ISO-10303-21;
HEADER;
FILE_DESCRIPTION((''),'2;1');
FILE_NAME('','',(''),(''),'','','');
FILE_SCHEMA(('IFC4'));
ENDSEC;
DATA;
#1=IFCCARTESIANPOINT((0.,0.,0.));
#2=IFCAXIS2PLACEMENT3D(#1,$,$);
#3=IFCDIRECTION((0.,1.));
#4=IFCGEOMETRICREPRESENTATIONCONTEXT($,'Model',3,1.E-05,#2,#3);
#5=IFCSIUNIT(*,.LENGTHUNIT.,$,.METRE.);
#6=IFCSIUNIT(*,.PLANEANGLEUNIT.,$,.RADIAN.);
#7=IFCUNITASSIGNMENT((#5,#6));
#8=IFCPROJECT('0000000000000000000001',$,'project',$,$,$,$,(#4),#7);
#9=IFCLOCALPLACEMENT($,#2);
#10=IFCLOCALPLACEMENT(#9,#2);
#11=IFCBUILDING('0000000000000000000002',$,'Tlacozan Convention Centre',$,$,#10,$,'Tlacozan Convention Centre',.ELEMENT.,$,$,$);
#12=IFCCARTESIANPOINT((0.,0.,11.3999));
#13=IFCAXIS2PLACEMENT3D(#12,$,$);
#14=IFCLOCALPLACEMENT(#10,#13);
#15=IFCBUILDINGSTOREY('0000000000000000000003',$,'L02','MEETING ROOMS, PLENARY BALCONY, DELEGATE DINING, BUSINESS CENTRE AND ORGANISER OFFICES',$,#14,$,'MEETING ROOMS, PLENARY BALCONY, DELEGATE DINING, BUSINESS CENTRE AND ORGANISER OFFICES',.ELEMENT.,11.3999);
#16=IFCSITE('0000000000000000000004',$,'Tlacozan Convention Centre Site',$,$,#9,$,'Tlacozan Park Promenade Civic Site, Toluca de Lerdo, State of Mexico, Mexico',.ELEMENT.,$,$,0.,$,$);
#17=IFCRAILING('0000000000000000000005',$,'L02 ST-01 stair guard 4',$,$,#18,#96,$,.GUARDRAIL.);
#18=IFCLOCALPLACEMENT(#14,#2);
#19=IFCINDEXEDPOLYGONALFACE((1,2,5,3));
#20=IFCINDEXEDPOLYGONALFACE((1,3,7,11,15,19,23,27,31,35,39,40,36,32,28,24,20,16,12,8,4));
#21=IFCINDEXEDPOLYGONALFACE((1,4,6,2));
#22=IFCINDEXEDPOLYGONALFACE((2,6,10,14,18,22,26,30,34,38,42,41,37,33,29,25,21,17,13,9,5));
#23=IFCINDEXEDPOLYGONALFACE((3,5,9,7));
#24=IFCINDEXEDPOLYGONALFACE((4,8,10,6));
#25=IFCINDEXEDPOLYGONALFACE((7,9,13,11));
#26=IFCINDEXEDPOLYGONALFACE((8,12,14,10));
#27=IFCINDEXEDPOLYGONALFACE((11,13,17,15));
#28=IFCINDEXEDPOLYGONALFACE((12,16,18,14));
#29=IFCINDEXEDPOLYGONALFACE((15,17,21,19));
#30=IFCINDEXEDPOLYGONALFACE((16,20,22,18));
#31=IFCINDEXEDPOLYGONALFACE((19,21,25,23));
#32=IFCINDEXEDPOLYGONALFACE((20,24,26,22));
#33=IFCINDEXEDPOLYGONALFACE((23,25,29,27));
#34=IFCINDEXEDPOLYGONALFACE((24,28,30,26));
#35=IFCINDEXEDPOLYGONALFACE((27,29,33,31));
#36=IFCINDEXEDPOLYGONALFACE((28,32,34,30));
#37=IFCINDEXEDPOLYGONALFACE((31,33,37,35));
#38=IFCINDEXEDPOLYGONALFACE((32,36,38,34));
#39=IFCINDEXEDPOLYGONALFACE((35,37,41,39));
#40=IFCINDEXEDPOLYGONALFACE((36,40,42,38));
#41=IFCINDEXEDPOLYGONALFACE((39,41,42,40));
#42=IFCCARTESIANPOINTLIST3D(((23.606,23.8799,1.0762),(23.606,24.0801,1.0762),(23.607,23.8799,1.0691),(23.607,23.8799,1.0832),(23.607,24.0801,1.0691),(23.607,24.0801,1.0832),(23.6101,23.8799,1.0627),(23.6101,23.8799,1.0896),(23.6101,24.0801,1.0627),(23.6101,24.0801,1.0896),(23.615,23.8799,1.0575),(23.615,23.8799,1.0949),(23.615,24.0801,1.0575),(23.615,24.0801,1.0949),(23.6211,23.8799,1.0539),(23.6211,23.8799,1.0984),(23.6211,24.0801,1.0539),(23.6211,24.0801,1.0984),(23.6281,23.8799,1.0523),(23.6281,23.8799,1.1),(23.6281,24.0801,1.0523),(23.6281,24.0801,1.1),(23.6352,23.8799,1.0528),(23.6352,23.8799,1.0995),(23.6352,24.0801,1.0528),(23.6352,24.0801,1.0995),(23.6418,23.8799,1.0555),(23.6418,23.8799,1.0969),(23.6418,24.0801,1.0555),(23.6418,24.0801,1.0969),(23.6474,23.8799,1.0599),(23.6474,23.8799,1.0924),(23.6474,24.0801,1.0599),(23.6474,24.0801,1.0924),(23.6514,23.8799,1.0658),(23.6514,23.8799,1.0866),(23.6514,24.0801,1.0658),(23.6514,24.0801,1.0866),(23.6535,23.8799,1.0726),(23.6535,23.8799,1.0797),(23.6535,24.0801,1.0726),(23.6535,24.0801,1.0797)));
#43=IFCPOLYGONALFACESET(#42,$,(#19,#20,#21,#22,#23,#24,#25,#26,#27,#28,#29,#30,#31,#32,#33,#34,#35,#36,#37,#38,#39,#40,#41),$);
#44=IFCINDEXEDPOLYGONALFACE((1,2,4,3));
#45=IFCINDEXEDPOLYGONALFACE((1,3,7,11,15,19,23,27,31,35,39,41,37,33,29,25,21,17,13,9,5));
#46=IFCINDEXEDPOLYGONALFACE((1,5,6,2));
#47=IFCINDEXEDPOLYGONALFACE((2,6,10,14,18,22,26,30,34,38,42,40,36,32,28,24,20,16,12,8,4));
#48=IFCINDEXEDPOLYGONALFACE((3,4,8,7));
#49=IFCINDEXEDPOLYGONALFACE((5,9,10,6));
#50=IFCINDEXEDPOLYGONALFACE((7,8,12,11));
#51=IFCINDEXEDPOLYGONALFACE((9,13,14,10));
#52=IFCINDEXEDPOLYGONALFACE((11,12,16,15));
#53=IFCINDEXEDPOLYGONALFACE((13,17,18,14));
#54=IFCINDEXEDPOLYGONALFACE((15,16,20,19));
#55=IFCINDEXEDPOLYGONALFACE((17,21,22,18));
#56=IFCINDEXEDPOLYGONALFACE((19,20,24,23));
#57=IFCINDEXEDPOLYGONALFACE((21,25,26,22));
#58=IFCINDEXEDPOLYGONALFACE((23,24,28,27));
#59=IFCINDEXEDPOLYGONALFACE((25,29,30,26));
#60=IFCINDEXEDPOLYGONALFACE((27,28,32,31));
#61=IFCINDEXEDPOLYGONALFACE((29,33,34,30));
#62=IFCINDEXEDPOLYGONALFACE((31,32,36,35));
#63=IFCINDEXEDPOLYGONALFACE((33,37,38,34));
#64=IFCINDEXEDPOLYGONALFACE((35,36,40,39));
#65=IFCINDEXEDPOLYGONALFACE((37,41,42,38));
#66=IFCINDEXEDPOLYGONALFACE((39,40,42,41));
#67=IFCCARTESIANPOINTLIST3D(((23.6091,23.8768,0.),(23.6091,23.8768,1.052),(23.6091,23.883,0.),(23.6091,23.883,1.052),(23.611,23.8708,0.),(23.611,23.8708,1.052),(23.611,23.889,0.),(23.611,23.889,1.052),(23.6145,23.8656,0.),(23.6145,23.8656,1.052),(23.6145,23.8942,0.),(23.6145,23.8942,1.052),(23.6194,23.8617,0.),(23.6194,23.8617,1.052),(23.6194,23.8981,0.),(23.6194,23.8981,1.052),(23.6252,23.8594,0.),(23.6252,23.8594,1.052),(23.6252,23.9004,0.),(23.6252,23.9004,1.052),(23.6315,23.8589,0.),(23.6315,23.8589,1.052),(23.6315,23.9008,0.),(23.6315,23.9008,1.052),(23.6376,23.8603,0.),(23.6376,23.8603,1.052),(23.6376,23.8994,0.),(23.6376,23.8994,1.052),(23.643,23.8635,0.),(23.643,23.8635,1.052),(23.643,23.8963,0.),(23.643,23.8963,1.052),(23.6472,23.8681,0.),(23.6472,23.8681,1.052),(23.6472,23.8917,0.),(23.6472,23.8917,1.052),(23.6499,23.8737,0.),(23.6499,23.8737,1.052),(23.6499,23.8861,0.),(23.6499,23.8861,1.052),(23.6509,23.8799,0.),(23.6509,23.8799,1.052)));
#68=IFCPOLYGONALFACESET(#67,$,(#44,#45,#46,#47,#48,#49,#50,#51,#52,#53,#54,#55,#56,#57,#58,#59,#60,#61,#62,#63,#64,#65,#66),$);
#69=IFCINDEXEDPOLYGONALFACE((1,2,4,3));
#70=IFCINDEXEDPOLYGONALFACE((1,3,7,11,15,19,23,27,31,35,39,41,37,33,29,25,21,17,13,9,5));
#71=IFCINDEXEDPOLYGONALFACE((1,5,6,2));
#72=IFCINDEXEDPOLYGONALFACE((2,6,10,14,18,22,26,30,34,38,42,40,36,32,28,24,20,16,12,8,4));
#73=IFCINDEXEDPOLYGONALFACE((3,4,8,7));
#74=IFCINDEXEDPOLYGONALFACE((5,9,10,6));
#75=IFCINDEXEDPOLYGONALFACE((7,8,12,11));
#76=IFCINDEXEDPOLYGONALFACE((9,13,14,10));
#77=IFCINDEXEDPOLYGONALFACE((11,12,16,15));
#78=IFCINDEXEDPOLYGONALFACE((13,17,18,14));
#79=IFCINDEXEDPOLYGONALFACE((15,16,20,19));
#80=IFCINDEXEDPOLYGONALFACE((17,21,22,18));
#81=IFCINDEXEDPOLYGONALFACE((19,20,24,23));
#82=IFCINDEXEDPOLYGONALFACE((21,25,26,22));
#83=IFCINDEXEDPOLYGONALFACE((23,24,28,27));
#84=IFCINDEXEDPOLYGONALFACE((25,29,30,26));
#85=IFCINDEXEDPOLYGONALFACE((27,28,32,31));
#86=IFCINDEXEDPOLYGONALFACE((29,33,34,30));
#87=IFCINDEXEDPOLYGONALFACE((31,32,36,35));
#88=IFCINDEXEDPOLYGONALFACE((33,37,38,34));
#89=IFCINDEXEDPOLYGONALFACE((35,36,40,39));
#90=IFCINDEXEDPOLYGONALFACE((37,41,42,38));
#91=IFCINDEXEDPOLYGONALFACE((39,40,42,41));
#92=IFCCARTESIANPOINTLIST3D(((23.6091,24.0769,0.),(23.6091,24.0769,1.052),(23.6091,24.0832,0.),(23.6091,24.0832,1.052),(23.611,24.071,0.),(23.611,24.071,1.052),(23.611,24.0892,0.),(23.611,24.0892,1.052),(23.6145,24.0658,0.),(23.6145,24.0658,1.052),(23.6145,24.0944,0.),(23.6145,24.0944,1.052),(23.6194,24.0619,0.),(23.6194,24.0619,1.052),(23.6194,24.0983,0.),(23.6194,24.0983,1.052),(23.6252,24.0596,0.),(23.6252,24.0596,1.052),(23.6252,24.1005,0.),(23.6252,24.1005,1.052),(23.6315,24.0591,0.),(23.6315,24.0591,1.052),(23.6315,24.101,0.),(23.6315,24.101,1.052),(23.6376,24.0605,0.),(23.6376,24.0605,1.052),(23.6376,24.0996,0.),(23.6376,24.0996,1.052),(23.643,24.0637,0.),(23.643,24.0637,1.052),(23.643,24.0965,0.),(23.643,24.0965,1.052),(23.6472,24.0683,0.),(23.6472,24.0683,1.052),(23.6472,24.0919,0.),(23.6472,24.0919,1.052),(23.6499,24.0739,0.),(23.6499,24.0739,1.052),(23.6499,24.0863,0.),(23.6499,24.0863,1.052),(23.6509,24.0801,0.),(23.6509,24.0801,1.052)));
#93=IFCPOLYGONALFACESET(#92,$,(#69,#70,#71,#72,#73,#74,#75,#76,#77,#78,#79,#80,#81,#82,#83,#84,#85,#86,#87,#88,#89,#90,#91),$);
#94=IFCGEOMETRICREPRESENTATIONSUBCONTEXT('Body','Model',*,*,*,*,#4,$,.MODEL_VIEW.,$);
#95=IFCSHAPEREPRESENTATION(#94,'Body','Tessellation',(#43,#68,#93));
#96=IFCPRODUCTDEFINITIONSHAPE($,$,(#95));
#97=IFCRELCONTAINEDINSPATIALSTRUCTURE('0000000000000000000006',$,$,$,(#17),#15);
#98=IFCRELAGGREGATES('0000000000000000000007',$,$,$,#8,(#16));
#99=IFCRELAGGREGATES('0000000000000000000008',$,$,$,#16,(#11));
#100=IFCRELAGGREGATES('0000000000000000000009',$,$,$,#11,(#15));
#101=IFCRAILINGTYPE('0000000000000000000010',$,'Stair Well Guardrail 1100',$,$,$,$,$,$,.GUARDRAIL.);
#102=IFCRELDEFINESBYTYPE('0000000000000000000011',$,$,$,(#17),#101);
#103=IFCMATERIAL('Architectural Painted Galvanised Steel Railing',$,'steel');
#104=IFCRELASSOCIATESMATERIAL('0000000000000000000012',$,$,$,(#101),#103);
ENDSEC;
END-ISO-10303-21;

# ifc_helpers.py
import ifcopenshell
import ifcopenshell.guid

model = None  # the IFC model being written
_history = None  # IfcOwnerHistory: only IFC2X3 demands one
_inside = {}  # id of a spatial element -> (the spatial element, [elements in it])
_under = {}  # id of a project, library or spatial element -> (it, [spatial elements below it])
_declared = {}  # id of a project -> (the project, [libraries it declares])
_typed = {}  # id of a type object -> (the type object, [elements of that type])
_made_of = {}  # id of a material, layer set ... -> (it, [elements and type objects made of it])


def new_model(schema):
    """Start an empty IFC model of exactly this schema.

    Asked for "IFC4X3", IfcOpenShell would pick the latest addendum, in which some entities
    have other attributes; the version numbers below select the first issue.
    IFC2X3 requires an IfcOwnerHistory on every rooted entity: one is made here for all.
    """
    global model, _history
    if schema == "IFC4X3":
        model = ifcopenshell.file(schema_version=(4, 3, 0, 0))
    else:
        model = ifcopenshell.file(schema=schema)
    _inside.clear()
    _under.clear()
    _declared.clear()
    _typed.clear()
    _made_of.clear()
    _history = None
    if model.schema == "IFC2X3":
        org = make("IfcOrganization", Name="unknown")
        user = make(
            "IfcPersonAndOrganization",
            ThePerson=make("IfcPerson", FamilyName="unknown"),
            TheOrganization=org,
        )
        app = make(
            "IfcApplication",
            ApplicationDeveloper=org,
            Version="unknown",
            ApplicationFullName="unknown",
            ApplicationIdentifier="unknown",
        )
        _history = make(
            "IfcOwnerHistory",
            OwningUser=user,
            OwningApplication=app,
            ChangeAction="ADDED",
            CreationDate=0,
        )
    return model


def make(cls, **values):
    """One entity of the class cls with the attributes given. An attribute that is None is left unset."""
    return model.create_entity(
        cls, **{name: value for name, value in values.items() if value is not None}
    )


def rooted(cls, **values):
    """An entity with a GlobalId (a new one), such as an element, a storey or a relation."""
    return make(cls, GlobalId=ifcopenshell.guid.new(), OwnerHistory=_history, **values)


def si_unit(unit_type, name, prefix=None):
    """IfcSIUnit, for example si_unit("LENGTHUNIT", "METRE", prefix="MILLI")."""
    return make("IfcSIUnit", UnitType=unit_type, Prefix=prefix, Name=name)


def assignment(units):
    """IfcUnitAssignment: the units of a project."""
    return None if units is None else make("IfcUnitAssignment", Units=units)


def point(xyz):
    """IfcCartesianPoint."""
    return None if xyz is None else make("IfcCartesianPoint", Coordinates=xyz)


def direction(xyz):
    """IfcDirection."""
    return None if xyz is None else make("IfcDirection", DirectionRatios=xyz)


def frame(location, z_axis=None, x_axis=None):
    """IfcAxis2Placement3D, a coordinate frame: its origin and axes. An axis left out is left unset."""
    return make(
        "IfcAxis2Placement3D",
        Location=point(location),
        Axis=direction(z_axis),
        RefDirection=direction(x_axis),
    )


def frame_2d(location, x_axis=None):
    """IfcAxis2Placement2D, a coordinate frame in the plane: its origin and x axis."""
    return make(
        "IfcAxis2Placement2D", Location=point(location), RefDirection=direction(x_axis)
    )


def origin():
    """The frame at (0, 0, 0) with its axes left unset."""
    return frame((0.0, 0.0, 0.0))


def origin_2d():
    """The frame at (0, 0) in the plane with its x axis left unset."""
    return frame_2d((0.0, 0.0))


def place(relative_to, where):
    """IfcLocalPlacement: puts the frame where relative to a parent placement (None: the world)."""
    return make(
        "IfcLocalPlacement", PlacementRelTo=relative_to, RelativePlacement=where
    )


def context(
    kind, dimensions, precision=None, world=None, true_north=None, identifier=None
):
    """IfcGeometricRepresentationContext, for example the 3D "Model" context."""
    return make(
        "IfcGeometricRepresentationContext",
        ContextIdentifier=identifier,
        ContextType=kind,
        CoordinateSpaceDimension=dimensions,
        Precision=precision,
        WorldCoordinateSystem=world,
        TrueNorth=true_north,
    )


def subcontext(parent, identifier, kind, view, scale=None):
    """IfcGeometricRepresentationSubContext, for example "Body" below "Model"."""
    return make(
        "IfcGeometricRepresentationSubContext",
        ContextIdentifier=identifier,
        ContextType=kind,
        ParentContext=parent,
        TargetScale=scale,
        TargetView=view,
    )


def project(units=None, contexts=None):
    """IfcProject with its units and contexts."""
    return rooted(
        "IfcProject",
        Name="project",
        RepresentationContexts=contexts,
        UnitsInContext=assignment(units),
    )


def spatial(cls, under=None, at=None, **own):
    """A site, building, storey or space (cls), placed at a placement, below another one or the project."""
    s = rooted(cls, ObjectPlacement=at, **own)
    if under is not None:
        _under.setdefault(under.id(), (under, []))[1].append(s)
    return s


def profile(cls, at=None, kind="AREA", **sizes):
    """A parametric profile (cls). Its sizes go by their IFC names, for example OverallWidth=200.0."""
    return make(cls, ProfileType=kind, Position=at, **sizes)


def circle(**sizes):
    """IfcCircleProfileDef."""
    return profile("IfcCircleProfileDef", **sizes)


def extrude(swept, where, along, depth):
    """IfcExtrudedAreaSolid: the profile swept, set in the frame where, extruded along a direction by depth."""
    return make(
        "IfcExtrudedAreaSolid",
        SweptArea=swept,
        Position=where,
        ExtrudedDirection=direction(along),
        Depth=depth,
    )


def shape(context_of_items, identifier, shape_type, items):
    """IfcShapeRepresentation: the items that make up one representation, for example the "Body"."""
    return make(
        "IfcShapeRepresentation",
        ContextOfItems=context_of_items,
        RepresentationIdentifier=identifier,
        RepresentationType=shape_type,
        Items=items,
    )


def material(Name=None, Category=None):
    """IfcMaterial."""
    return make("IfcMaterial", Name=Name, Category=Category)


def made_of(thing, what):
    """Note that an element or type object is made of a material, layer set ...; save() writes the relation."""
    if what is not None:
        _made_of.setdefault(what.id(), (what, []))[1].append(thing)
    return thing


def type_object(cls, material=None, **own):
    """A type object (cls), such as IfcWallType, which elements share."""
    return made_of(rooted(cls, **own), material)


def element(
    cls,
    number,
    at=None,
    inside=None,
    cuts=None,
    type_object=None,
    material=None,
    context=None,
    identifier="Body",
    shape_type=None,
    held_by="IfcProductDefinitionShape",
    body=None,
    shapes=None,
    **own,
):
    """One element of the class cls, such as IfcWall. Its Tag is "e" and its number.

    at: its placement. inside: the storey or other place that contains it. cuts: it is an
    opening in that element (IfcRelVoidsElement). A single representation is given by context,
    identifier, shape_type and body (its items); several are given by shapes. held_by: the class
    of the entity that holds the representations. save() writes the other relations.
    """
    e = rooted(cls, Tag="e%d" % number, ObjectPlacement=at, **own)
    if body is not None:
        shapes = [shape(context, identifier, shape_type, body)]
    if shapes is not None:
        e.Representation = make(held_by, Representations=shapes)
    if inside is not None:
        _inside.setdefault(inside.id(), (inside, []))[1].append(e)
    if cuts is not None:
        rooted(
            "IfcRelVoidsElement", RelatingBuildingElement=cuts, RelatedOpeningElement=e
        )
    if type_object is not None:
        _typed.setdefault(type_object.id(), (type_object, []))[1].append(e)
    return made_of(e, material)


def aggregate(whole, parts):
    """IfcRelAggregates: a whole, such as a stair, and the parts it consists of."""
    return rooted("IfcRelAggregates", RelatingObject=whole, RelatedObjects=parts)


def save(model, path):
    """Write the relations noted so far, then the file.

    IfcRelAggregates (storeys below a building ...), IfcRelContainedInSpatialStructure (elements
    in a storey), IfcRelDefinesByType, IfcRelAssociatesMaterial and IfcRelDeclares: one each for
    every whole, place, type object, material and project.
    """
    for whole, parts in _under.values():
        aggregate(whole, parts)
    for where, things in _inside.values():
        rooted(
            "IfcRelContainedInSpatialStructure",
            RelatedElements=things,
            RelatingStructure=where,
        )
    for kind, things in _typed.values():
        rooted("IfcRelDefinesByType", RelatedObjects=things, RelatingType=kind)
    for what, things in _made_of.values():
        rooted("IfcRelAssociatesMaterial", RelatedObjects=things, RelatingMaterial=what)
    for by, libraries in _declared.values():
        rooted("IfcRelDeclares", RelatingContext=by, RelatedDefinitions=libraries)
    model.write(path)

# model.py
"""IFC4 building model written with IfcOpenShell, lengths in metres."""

from ifc_helpers import new_model, si_unit, direction, frame, origin, origin_2d, place, context, subcontext, project, spatial, circle, extrude, material, type_object, element, save


model = new_model("IFC4")

# Units and contexts
model_context = context("Model", 3, precision=1e-05, world=origin(), true_north=direction((0.0, 1.0)))
body_context = subcontext(model_context, "Body", "Model", "MODEL_VIEW")
ifc_project = project(units=[si_unit("LENGTHUNIT", "METRE"), si_unit("PLANEANGLEUNIT", "RADIAN")], contexts=[model_context])

# Site, building, storey
site_placement = place(None, origin())
site = spatial("IfcSite", under=ifc_project, at=site_placement, Name="Tlacozan Convention Centre Site", LongName="Tlacozan Park Promenade Civic Site, Toluca de Lerdo, State of Mexico, Mexico", CompositionType="ELEMENT", RefElevation=0.0)
building_placement = place(site_placement, origin())
building = spatial("IfcBuilding", under=site, at=building_placement, Name="Tlacozan Convention Centre", LongName="Tlacozan Convention Centre", CompositionType="ELEMENT")
storey_placement = place(building_placement, frame((0.0, 0.0, 11.3999)))
storey = spatial("IfcBuildingStorey", under=building, at=storey_placement, Name="L02", Description="MEETING ROOMS, PLENARY BALCONY, DELEGATE DINING, BUSINESS CENTRE AND ORGANISER OFFICES", LongName="MEETING ROOMS, PLENARY BALCONY, DELEGATE DINING, BUSINESS CENTRE AND ORGANISER OFFICES", CompositionType="ELEMENT", Elevation=11.3999)

# Railing
ifc_material_1 = material(Name="Architectural Painted Galvanised Steel Railing", Category="steel")
railing_type_1 = type_object("IfcRailingType", Name="Stair Well Guardrail 1100", PredefinedType="GUARDRAIL", material=ifc_material_1)
railing_1_placement = place(storey_placement, frame((23.6299, 23.8799, 0.0)))
element("IfcRailing", 1, at=railing_1_placement, inside=storey, type_object=railing_type_1, Name="L02 ST-01 stair guard 4", PredefinedType="GUARDRAIL", context=body_context, shape_type="SweptSolid", body=[
    extrude(circle(Radius=0.0239, at=origin_2d()), frame((0.0, 0.0, 1.0762), z_axis=(0.0, 1.0, 0.0), x_axis=(-1.0, 0.0, 0.0)), (0.0, 0.0, 1.0), 0.2002),
    extrude(circle(Radius=0.021, at=origin_2d()), origin(), (0.0, 0.0, 1.0), 1.052),
    extrude(circle(Radius=0.021, at=origin_2d()), frame((0.0, 0.2002, 0.0)), (0.0, 0.0, 1.0), 1.052),
])

save(model, "model.ifc")
